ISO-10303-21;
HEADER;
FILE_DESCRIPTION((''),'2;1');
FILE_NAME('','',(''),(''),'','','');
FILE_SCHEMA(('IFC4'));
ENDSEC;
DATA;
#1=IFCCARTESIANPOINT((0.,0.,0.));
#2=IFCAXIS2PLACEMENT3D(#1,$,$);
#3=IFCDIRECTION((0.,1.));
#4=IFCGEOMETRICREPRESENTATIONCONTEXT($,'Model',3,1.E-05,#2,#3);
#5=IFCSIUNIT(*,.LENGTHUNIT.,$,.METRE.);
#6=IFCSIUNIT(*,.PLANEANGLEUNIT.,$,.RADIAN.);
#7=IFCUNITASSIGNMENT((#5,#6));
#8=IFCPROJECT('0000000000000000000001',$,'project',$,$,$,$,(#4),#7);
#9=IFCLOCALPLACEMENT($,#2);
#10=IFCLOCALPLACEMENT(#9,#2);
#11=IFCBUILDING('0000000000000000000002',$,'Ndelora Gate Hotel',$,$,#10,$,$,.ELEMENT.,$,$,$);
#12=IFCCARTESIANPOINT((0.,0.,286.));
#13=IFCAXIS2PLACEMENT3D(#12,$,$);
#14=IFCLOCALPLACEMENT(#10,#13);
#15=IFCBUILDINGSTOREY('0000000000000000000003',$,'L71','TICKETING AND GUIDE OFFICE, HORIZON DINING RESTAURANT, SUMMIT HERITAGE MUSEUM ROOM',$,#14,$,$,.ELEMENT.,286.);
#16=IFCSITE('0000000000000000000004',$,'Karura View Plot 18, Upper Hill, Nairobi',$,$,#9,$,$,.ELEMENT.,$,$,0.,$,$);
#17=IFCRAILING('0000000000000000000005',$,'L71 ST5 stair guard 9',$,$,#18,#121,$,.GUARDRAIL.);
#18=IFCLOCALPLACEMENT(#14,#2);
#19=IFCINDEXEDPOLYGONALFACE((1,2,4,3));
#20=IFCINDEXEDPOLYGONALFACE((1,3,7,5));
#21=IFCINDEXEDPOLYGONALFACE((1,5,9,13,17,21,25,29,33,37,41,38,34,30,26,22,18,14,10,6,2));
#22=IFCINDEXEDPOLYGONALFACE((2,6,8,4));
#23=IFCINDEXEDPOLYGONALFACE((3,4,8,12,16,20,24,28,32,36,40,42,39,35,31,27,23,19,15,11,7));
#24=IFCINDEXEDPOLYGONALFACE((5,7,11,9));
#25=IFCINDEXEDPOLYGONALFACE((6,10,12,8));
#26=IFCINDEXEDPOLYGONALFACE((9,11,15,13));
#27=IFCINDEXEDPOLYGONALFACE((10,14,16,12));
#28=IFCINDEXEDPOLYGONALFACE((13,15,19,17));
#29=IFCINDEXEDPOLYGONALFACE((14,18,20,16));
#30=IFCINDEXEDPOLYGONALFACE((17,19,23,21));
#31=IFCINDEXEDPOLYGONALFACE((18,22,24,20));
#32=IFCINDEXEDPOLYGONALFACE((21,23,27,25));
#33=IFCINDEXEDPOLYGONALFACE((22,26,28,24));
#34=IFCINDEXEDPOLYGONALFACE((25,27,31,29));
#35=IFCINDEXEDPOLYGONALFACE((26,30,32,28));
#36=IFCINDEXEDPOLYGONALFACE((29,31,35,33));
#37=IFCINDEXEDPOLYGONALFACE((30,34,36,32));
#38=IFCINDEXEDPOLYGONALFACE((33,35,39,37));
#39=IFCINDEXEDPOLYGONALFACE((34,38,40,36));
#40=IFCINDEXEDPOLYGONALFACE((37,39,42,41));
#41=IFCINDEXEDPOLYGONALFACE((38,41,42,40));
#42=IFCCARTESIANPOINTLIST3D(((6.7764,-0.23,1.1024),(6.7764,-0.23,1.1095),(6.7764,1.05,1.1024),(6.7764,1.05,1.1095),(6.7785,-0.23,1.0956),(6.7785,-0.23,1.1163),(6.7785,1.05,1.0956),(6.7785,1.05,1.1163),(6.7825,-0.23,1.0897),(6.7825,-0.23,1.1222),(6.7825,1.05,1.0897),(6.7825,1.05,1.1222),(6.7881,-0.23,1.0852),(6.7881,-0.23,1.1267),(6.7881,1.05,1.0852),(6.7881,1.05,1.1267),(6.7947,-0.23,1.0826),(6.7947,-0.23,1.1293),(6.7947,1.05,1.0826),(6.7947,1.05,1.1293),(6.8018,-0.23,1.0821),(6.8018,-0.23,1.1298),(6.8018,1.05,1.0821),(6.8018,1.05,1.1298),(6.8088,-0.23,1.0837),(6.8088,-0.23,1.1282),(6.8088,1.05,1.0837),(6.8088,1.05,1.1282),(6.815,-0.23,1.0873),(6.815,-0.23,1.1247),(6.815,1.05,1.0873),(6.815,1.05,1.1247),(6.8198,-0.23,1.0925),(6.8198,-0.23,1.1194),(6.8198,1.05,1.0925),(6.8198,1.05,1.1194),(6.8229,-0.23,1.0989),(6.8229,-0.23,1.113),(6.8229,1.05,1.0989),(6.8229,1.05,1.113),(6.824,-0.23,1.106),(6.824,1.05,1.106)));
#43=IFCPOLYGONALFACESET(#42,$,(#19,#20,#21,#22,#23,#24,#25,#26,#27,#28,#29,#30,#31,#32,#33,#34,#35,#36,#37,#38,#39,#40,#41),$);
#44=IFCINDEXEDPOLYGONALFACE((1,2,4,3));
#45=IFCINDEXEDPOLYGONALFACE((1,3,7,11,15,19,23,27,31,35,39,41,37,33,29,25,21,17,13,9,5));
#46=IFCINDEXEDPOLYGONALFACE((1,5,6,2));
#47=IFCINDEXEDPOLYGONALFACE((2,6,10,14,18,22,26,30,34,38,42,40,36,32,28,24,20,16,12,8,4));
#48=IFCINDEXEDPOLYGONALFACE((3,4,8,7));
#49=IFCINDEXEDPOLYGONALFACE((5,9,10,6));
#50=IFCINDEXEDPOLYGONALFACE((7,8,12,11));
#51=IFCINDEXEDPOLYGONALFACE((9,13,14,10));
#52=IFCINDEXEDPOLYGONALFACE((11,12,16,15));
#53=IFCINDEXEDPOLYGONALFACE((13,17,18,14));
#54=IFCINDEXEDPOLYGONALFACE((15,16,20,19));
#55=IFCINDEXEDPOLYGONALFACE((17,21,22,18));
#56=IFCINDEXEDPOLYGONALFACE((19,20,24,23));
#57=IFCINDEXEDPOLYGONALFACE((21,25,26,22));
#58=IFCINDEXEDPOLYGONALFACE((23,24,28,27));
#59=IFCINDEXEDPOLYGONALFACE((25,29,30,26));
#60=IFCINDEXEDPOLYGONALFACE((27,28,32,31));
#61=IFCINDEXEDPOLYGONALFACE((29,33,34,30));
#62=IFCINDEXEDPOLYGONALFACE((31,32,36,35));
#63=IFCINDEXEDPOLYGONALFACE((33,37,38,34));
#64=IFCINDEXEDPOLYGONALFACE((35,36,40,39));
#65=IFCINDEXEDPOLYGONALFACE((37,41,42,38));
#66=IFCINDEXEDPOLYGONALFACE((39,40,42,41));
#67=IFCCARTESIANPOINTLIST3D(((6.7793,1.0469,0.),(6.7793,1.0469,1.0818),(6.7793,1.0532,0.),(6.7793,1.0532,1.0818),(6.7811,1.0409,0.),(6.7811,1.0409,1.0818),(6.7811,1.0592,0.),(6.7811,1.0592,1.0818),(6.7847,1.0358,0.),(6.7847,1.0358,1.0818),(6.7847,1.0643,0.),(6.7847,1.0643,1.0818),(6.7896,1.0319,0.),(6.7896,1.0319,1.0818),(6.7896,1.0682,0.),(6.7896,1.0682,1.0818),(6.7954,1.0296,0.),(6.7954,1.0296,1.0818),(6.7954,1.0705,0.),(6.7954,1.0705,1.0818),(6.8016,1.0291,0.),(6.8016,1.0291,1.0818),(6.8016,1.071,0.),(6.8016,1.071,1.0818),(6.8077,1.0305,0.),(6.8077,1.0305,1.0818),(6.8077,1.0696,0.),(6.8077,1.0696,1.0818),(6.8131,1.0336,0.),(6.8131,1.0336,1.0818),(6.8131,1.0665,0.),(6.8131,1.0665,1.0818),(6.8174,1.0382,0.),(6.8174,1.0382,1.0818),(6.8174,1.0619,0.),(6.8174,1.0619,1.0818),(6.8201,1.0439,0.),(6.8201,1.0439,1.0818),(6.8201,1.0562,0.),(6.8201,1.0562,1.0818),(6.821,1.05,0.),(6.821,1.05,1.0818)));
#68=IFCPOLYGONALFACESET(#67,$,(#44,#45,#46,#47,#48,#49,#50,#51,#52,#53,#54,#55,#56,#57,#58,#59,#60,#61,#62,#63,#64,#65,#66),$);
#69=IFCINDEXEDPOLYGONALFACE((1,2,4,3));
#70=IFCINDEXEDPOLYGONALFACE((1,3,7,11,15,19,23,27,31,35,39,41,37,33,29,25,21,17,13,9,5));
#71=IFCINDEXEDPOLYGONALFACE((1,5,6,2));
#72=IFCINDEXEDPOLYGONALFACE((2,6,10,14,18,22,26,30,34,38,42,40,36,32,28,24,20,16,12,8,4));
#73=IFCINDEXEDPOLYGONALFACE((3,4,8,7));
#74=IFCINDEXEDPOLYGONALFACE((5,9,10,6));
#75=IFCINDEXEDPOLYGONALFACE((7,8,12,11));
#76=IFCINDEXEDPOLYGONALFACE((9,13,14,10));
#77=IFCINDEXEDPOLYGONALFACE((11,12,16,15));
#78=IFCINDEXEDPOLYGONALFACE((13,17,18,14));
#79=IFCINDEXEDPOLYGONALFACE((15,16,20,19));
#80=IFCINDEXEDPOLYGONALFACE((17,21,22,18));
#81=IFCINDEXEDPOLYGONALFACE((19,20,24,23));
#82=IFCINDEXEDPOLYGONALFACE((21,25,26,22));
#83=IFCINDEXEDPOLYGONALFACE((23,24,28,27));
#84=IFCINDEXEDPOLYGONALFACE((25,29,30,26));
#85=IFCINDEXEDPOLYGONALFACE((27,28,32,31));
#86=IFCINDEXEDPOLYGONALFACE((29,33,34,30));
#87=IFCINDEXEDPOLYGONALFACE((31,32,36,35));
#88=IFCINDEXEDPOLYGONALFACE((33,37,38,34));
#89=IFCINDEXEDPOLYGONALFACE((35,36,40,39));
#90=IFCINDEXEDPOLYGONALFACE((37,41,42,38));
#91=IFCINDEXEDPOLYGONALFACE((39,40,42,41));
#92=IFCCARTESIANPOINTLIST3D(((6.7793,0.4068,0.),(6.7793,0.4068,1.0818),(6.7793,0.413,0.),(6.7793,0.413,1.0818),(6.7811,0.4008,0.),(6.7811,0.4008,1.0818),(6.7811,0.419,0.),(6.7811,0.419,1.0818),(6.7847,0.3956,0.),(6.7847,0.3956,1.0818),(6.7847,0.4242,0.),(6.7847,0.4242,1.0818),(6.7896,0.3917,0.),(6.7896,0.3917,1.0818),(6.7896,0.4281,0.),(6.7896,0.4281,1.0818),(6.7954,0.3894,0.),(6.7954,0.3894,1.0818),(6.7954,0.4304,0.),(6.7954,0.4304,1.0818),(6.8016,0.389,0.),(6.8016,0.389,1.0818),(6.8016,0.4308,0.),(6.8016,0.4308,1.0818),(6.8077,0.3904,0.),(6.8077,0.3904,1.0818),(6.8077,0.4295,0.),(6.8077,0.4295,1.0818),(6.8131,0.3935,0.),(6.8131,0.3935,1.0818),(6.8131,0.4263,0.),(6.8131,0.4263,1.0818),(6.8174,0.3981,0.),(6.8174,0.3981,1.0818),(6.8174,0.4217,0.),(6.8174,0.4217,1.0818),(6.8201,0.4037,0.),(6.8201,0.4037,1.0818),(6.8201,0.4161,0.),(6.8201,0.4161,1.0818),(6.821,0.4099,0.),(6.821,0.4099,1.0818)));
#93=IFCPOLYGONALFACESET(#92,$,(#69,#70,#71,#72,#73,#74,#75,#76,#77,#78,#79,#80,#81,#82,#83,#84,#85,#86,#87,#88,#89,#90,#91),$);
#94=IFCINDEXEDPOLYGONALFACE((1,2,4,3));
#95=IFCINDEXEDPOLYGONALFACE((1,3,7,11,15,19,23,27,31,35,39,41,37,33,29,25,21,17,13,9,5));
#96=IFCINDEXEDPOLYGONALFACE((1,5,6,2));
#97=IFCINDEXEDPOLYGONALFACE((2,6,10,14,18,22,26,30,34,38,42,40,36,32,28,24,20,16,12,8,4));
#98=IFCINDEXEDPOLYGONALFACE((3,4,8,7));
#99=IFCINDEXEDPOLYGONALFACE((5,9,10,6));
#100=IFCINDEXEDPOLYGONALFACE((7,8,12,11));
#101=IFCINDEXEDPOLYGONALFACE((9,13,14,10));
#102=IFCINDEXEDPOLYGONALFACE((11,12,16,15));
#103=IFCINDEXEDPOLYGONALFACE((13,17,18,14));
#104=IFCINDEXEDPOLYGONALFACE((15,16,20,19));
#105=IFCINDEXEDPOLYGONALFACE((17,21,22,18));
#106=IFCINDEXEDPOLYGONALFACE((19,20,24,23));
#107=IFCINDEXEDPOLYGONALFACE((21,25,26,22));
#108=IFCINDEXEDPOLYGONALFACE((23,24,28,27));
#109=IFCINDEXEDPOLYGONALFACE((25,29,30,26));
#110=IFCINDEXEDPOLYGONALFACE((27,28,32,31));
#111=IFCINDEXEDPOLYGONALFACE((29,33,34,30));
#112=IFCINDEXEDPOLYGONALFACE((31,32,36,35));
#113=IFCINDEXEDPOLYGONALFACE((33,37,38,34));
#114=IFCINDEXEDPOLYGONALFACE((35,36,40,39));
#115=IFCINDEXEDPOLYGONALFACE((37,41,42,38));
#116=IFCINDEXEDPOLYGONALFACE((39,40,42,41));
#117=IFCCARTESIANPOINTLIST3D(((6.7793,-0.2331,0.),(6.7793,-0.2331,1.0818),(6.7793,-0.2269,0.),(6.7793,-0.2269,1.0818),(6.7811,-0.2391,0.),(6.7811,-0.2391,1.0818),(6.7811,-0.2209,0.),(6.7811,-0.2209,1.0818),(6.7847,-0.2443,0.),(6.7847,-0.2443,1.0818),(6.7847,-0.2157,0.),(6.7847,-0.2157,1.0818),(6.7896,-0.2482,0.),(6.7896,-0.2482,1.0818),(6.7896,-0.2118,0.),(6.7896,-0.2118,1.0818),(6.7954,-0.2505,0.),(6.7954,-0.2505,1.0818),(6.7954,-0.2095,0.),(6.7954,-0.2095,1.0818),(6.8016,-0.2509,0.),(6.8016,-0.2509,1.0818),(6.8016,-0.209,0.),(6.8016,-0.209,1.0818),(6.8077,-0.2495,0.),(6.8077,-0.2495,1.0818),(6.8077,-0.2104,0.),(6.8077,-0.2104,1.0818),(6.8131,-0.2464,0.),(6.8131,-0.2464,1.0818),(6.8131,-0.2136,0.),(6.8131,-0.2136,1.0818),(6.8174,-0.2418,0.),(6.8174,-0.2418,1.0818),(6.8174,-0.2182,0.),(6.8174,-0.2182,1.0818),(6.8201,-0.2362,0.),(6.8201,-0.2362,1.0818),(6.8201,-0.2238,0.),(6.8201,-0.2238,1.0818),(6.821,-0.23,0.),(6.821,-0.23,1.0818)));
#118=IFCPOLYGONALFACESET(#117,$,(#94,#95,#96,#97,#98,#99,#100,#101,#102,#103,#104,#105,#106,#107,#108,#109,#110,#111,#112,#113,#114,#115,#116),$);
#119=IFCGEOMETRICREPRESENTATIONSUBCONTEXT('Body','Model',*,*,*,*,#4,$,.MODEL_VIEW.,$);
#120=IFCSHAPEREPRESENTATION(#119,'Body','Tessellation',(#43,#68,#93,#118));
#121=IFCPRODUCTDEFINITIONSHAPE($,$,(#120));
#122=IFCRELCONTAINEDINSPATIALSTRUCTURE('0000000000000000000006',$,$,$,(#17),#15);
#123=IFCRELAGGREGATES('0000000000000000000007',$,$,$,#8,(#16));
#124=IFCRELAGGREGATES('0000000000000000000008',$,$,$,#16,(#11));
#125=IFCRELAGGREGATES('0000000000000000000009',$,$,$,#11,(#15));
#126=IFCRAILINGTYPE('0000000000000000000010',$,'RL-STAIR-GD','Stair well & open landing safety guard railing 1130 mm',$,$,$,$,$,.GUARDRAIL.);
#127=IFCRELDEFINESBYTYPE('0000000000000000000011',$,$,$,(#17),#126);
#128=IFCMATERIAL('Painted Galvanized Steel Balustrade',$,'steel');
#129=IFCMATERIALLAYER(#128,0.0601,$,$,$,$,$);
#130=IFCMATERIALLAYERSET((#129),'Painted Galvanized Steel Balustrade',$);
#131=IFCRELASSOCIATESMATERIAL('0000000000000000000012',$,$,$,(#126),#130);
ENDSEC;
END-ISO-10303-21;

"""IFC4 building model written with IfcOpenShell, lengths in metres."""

from ifc_helpers import new_model, si_unit, direction, frame, origin, origin_2d, place, context, subcontext, project, spatial, circle, extrude, material, layer, layer_set, type_object, element, save


model = new_model("IFC4")

# Units and contexts
model_context = context("Model", 3, precision=1e-05, world=origin(), true_north=direction((0.0, 1.0)))
body_context = subcontext(model_context, "Body", "Model", "MODEL_VIEW")
ifc_project = project(units=[si_unit("LENGTHUNIT", "METRE"), si_unit("PLANEANGLEUNIT", "RADIAN")], contexts=[model_context])

# Site, building, storey
site_placement = place(None, origin())
site = spatial("IfcSite", under=ifc_project, at=site_placement, Name="Karura View Plot 18, Upper Hill, Nairobi", CompositionType="ELEMENT", RefElevation=0.0)
building_placement = place(site_placement, origin())
building = spatial("IfcBuilding", under=site, at=building_placement, Name="Ndelora Gate Hotel", CompositionType="ELEMENT")
storey_placement = place(building_placement, frame((0.0, 0.0, 286.0)))
storey = spatial("IfcBuildingStorey", under=building, at=storey_placement, Name="L71", Description="TICKETING AND GUIDE OFFICE, HORIZON DINING RESTAURANT, SUMMIT HERITAGE MUSEUM ROOM", CompositionType="ELEMENT", Elevation=286.0)

# Railing
ifc_material_1 = material(Name="Painted Galvanized Steel Balustrade", Category="steel")
ifc_layer_1 = layer(ifc_material_1, 0.0601)
ifc_layer_set_1 = layer_set([ifc_layer_1], Name="Painted Galvanized Steel Balustrade")
railing_type = type_object("IfcRailingType", Name="RL-STAIR-GD", Description="Stair well & open landing safety guard railing 1130 mm", PredefinedType="GUARDRAIL", material=ifc_layer_set_1)
for number, where, name in (
    (1, (6.8, 1.05, 0.0), "L71 ST5 stair guard 9"),
):
    element("IfcRailing", number, at=place(storey_placement, frame(where)), inside=storey, type_object=railing_type, Name=name, PredefinedType="GUARDRAIL", context=body_context, shape_type="SweptSolid", body=[
        extrude(circle(Radius=0.0239, at=origin_2d()), frame((0.0, 0.0, 1.106), z_axis=(0.0, -1.0, 0.0), x_axis=(1.0, 0.0, 0.0)), (0.0, 0.0, 1.0), 1.28),
        extrude(circle(Radius=0.021, at=origin_2d()), origin(), (0.0, 0.0, 1.0), 1.0818),
        extrude(circle(Radius=0.021, at=origin_2d()), frame((0.0, -0.6401, 0.0)), (0.0, 0.0, 1.0), 1.0818),
        extrude(circle(Radius=0.021, at=origin_2d()), frame((0.0, -1.28, 0.0)), (0.0, 0.0, 1.0), 1.0818),
    ])

save(model, "model.ifc")
